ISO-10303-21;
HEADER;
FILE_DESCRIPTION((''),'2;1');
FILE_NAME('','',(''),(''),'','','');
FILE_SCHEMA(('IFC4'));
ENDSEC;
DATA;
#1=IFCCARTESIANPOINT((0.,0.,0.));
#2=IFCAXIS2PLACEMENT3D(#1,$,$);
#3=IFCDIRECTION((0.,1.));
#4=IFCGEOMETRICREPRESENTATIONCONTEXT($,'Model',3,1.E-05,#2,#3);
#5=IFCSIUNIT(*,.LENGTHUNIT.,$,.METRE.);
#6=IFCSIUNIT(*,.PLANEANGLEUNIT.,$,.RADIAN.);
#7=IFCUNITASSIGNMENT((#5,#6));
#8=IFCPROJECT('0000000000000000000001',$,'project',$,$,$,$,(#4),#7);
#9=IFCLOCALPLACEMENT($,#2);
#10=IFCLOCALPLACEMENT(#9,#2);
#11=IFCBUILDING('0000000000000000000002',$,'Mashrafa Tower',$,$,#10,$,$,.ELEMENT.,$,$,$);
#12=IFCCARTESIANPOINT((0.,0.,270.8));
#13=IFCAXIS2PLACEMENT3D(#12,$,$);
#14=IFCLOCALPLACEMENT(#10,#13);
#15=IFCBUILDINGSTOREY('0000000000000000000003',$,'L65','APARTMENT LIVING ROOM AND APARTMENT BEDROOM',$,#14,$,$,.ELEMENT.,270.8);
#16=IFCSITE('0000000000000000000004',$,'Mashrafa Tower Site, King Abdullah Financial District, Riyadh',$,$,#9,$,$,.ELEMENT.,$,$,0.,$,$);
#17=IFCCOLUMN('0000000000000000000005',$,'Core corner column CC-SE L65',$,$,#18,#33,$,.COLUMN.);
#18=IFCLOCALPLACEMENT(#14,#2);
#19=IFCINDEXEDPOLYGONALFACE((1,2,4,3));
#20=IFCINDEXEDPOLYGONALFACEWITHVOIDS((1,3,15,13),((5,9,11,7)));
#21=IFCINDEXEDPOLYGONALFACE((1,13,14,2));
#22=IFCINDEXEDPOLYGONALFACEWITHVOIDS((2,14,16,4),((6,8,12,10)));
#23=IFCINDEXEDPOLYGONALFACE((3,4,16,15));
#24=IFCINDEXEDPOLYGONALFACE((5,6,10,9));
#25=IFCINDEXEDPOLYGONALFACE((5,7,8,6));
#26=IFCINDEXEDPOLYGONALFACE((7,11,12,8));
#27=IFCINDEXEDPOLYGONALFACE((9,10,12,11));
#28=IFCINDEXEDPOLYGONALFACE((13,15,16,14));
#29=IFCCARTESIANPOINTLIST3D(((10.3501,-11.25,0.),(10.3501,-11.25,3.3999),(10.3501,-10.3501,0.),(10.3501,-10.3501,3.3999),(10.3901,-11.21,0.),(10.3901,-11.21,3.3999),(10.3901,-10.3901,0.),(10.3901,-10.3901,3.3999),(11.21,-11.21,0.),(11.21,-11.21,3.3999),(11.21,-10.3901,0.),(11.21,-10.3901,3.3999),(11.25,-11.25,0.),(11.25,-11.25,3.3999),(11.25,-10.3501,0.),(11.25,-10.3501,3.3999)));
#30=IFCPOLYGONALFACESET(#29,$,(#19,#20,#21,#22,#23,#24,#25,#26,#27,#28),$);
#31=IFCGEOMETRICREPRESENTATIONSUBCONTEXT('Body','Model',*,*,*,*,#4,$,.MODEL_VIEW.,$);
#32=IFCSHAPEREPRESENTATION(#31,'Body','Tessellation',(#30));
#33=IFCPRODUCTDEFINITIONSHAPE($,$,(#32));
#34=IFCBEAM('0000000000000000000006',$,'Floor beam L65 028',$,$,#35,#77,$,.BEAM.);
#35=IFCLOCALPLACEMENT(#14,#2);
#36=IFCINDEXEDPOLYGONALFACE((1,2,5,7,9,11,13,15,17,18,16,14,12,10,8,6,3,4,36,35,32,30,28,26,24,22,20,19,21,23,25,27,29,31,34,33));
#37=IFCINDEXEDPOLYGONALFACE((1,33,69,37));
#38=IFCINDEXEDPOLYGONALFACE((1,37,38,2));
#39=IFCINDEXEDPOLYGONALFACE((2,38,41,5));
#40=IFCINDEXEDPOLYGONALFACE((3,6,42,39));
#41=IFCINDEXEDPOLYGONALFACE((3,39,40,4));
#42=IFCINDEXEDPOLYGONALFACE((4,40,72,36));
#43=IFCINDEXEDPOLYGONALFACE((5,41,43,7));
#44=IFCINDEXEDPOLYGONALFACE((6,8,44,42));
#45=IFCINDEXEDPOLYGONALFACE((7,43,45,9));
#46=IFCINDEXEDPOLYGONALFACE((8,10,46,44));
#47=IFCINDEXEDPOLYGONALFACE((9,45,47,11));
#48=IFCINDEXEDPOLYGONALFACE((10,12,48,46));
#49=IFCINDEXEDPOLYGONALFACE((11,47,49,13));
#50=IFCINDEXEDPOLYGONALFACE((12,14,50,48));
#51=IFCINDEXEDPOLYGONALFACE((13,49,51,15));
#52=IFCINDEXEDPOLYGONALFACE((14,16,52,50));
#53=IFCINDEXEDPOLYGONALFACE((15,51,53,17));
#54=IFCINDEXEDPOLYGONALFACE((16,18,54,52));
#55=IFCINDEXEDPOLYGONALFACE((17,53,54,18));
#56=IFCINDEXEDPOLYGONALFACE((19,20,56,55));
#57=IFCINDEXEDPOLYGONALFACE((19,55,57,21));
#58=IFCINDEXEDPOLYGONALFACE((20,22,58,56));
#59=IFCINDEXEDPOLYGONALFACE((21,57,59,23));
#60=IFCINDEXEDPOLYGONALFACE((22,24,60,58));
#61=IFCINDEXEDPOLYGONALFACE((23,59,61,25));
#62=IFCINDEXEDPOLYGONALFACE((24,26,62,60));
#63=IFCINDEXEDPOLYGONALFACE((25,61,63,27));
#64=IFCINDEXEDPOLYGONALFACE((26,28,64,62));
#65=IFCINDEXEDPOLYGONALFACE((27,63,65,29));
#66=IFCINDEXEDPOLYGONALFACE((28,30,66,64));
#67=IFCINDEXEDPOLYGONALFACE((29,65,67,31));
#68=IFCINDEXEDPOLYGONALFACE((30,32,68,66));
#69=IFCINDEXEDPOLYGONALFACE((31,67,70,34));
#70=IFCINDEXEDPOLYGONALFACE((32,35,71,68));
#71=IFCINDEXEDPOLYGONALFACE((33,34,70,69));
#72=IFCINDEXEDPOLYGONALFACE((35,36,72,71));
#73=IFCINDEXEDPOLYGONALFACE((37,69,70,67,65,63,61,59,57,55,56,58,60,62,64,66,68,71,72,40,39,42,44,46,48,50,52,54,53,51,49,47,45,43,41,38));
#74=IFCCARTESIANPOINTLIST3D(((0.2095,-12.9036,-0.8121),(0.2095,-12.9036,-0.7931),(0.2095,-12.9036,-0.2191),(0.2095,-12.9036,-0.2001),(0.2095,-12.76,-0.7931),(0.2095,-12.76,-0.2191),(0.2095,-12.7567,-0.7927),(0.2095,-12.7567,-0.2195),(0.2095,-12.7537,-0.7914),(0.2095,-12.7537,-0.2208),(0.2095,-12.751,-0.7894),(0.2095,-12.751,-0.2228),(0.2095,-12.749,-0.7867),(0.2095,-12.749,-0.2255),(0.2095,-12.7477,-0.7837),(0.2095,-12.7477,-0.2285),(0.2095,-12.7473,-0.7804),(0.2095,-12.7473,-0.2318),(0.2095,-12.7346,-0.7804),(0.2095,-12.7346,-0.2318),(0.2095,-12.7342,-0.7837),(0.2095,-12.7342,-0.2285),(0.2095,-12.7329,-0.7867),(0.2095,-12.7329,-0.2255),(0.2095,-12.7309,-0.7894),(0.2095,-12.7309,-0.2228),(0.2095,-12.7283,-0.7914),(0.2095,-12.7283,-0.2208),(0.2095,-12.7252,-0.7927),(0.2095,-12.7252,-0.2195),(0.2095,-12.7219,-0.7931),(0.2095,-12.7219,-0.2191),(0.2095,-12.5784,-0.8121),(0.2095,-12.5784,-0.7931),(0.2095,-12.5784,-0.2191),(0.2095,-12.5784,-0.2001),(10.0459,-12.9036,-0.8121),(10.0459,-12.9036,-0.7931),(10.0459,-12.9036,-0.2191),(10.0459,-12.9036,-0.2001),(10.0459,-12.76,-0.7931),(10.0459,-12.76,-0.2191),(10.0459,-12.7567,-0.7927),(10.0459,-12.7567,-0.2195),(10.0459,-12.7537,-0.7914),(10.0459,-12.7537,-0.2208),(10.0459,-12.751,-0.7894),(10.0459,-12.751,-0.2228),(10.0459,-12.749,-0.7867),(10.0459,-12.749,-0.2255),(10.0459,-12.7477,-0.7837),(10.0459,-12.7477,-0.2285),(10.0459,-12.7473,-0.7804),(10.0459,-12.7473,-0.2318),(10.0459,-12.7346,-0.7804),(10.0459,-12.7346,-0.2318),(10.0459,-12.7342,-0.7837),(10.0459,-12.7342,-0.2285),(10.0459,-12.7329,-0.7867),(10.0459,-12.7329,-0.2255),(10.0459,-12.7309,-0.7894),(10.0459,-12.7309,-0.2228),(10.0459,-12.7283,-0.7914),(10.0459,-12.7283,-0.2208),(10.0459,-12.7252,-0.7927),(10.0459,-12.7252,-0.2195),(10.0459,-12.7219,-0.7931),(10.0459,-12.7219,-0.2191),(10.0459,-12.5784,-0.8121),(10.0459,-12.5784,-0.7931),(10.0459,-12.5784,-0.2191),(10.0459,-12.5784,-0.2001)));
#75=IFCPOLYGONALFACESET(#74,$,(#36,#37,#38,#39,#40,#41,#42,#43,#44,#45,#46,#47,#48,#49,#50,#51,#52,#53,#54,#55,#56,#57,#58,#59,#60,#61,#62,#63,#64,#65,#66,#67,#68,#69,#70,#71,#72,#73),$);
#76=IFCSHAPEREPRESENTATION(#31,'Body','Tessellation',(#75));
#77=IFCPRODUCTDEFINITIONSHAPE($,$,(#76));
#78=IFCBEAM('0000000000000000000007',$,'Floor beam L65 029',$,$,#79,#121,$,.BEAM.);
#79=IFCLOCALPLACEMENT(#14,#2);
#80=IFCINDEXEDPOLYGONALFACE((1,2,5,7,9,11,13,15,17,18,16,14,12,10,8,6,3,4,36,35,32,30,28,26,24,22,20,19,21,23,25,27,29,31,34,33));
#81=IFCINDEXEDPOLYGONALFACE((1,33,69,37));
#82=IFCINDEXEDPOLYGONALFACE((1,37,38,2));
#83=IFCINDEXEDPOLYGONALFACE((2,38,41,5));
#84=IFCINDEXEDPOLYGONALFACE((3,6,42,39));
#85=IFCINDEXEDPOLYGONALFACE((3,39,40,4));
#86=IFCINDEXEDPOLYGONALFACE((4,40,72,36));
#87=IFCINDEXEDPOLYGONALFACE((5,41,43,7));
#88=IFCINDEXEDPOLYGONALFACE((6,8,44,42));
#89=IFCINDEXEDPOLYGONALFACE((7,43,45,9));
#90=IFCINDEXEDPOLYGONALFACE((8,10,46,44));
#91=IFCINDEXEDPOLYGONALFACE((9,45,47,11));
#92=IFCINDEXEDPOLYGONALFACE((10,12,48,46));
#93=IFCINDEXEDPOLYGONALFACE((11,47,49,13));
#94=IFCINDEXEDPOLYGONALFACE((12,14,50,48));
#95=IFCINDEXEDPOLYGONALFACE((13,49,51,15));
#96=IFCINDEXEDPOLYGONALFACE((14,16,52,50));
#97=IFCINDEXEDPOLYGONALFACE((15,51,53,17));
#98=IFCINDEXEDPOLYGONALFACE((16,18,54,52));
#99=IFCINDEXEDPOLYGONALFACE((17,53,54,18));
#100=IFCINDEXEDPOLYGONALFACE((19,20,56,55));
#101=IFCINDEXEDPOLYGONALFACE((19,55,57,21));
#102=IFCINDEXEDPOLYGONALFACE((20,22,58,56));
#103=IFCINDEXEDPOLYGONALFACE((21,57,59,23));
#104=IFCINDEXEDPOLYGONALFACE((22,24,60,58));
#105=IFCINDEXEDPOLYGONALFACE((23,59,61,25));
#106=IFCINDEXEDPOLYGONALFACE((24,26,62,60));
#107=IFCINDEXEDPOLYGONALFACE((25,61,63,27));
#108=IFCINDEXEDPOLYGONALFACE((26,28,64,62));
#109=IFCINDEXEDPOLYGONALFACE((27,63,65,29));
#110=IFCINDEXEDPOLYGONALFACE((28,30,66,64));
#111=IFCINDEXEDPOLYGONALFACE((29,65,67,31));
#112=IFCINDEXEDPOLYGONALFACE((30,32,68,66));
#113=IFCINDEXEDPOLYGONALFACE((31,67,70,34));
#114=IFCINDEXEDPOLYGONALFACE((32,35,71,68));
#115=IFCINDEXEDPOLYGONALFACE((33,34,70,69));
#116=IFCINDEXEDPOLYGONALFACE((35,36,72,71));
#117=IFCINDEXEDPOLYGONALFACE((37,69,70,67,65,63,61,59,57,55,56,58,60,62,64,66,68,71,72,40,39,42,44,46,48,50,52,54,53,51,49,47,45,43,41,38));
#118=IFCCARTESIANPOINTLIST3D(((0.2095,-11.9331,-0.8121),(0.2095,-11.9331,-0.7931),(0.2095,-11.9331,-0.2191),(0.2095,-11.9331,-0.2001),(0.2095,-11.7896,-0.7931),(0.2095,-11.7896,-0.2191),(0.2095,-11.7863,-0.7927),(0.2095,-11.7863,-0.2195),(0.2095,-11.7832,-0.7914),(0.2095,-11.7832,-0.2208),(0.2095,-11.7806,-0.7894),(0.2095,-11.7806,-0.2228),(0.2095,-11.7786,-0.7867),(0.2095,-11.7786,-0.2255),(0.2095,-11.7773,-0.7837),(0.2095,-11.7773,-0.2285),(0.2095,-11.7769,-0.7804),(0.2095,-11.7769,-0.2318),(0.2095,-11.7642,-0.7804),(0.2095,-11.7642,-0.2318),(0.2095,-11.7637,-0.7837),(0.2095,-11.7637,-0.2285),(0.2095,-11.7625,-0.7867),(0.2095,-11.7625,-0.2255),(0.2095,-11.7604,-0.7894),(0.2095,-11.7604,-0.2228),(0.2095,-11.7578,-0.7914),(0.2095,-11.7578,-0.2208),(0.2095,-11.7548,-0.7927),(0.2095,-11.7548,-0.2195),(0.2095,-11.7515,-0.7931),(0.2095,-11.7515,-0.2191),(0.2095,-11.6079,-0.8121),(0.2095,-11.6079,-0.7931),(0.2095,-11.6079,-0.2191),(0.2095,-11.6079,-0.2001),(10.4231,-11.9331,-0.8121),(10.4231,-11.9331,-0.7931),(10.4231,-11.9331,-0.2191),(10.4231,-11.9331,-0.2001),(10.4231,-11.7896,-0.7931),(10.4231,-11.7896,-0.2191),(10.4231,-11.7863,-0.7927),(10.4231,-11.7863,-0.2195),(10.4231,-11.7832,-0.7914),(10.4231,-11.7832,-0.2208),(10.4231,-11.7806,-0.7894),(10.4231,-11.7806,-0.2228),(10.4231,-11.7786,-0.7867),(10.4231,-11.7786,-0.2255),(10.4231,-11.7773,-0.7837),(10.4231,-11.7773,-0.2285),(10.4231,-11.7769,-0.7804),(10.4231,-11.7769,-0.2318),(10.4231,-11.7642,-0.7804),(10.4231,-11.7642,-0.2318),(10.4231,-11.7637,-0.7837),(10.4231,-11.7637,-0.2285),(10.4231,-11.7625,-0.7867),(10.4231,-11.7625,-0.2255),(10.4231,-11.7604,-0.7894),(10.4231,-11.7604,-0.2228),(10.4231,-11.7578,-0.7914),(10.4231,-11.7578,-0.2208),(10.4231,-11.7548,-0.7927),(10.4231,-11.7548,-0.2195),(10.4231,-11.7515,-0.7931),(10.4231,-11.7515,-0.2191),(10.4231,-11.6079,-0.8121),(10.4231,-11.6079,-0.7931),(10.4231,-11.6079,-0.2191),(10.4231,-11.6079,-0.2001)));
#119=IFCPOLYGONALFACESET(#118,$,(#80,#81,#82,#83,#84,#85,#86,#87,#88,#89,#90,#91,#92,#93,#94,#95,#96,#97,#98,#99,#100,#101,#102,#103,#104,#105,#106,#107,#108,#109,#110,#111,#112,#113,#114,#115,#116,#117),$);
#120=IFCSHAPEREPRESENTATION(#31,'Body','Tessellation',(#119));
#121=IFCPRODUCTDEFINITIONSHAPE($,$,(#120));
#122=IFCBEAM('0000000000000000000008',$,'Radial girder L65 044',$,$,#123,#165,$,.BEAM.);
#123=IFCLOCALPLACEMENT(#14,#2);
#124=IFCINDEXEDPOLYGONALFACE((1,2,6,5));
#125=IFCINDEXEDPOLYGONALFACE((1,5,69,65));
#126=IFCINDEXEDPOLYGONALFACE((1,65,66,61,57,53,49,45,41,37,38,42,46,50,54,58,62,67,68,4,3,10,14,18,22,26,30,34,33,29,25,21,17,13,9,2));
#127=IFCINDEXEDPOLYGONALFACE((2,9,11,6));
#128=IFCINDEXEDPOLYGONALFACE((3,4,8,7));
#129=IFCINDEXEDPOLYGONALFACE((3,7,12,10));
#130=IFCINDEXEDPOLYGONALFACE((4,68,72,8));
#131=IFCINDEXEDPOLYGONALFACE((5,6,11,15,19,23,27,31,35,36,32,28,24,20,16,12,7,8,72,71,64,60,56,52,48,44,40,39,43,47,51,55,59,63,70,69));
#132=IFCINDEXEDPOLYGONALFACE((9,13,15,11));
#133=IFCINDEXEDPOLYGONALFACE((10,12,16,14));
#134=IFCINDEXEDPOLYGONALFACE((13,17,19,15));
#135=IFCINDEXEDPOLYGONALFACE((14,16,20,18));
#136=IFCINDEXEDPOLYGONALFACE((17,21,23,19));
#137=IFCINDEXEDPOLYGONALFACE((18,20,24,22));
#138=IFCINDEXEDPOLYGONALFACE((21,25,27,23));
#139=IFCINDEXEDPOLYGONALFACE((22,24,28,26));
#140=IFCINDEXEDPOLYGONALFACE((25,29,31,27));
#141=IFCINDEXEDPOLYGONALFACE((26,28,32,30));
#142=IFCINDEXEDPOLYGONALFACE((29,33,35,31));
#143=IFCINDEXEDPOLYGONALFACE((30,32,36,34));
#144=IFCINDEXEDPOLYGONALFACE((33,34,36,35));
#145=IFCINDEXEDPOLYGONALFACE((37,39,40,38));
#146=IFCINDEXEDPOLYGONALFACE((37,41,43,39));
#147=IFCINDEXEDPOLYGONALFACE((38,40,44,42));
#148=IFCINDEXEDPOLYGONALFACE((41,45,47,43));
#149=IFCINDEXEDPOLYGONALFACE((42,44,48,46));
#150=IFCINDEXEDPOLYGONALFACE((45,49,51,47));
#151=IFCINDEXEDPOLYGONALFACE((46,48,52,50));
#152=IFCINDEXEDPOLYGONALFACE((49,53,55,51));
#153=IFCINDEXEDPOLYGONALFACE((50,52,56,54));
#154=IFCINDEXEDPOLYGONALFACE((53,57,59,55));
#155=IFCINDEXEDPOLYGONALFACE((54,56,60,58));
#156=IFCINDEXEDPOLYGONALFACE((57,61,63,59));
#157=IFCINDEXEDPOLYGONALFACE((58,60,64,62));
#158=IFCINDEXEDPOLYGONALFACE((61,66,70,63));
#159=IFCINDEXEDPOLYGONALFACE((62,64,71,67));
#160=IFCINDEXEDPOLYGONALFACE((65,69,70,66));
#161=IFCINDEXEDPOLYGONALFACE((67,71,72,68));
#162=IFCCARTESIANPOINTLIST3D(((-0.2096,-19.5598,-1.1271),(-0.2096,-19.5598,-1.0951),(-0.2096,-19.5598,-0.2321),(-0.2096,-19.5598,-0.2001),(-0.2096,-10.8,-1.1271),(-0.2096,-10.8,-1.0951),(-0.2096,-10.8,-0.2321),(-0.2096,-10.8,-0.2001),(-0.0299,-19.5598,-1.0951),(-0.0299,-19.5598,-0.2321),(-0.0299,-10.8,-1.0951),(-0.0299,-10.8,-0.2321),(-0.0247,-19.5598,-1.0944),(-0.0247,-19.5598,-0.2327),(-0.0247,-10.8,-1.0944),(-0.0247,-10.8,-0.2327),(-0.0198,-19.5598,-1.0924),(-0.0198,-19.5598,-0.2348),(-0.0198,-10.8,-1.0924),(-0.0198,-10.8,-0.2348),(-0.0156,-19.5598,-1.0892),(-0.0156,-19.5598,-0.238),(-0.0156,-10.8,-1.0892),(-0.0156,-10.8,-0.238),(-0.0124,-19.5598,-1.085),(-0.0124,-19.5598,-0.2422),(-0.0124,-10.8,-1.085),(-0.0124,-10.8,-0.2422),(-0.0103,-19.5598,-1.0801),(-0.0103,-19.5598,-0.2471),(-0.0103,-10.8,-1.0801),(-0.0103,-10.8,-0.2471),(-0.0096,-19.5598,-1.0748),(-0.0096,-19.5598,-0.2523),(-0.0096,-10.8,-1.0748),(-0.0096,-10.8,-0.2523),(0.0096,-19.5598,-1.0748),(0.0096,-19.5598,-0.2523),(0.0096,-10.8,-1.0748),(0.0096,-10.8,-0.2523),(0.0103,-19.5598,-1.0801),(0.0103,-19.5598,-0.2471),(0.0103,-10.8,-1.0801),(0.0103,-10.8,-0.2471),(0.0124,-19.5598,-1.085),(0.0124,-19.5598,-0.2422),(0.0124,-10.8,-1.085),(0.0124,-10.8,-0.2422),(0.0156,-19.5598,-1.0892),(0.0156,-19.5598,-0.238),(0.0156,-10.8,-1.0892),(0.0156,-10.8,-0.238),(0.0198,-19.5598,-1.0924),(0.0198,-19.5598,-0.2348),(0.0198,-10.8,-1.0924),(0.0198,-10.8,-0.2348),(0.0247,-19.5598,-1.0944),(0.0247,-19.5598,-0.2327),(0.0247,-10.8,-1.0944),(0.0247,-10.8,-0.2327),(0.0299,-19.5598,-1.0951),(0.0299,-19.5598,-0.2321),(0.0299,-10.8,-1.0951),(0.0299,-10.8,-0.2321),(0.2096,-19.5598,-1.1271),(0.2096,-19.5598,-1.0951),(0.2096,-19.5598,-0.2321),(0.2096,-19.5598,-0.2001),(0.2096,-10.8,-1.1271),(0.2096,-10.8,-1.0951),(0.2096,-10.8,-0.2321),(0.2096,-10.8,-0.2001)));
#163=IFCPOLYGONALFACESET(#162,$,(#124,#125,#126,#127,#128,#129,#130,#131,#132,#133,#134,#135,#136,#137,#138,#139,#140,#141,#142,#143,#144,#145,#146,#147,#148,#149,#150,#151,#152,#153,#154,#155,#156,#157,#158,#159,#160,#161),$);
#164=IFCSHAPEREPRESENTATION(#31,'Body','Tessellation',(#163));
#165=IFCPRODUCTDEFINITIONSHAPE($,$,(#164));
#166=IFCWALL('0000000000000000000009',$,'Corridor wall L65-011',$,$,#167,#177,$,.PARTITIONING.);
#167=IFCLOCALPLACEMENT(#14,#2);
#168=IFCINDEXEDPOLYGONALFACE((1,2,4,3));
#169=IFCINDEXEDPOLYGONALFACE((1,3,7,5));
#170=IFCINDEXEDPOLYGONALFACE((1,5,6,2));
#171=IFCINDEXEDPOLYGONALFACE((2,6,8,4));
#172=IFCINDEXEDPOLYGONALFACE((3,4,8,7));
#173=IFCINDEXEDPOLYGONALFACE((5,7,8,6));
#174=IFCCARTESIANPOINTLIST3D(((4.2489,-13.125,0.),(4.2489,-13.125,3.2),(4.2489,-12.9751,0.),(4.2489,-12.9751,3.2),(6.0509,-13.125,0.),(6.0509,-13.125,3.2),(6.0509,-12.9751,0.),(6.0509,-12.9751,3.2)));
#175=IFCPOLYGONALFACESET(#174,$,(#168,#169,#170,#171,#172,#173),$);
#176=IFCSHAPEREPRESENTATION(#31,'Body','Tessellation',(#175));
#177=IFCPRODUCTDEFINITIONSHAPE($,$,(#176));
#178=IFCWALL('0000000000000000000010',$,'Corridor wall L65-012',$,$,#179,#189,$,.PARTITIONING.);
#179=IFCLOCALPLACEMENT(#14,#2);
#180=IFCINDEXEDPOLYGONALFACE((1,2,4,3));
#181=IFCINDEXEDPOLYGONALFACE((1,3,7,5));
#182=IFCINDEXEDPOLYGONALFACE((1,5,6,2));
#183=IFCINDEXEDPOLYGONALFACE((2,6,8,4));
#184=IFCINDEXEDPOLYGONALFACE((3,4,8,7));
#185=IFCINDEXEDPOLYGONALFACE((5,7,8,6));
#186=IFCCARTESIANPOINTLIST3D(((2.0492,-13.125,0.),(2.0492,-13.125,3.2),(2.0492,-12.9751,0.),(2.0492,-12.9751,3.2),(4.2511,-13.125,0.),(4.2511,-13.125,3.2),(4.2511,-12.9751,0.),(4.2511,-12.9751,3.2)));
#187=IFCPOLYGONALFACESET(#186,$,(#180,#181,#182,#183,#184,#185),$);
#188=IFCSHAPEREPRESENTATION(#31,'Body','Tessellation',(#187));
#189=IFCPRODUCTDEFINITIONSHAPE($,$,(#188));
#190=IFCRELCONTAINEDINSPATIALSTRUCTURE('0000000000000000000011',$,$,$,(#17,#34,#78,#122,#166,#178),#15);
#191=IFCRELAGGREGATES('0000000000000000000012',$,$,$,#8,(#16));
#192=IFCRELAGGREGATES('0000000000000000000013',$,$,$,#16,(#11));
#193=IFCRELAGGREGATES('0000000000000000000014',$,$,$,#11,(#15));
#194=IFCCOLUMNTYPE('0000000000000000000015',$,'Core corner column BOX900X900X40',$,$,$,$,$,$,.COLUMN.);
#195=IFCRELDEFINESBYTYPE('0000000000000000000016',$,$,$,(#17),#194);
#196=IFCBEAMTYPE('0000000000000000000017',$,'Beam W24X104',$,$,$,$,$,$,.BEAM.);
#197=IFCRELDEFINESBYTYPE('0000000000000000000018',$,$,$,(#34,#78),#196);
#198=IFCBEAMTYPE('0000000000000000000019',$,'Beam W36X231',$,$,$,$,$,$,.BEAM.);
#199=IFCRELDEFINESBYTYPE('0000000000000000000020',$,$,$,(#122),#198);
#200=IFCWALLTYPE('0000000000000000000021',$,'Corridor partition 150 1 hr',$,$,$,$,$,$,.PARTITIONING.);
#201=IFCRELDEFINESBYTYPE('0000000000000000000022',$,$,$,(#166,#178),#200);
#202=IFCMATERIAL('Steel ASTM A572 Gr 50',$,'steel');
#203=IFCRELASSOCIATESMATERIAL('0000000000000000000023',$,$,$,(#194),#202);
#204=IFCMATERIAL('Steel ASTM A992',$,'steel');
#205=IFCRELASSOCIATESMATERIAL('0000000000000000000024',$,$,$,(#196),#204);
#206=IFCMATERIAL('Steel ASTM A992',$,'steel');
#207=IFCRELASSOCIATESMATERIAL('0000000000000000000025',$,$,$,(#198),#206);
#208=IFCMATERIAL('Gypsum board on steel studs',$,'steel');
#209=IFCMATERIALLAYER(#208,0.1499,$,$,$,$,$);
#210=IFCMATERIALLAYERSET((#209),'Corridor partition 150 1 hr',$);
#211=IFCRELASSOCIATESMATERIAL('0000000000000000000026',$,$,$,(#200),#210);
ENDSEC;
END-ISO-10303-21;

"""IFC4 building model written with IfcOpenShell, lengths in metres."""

from ifc_helpers import new_model, si_unit, direction, frame, frame_2d, origin, origin_2d, place, context, subcontext, project, spatial, rectangle, hollow_rectangle, i_section, extrude, material, layer, layer_set, material_profile, profile_set, type_object, element, save


model = new_model("IFC4")

# Units and contexts
model_context = context("Model", 3, precision=1e-05, world=origin(), true_north=direction((0.0, 1.0)))
body_context = subcontext(model_context, "Body", "Model", "MODEL_VIEW")
ifc_project = project(units=[si_unit("LENGTHUNIT", "METRE"), si_unit("PLANEANGLEUNIT", "RADIAN")], contexts=[model_context])

# Site, building, storey
site_placement = place(None, origin())
site = spatial("IfcSite", under=ifc_project, at=site_placement, Name="Mashrafa Tower Site, King Abdullah Financial District, Riyadh", CompositionType="ELEMENT", RefElevation=0.0)
building_placement = place(site_placement, origin())
building = spatial("IfcBuilding", under=site, at=building_placement, Name="Mashrafa Tower", CompositionType="ELEMENT")
storey_placement = place(building_placement, frame((0.0, 0.0, 270.8)))
storey = spatial("IfcBuildingStorey", under=building, at=storey_placement, Name="L65", Description="APARTMENT LIVING ROOM AND APARTMENT BEDROOM", CompositionType="ELEMENT", Elevation=270.8)

# Column
ifc_material_1 = material(Name="Steel ASTM A572 Gr 50", Category="steel")
ifc_material_profile_1 = material_profile(ifc_material_1, hollow_rectangle(XDim=0.8999, YDim=0.8999, WallThickness=0.04, at=origin_2d()), Name="BOX900X900X40")
ifc_profile_set_1 = profile_set([ifc_material_profile_1], Name="Steel ASTM A572 Gr 50")
column_type = type_object("IfcColumnType", Name="Core corner column BOX900X900X40", PredefinedType="COLUMN", material=ifc_profile_set_1)
column_placement = place(storey_placement, frame((10.8, -10.8, 0.0), z_axis=(0.0, 0.0, 1.0), x_axis=(1.0, 0.0, 0.0)))
element("IfcColumn", 1, at=column_placement, inside=storey, type_object=column_type, Name="Core corner column CC-SE L65", PredefinedType="COLUMN", context=body_context, shape_type="SweptSolid", body=[
    extrude(hollow_rectangle(XDim=0.8999, YDim=0.8999, WallThickness=0.04, at=origin_2d()), origin(), (0.0, 0.0, 1.0), 3.3999),
])

# Beams
ifc_material_2 = material(Name="Steel ASTM A992", Category="steel")
ifc_material_profile_2 = material_profile(ifc_material_2, i_section(OverallWidth=0.3252, OverallDepth=0.6121, WebThickness=0.0127, FlangeThickness=0.019, FilletRadius=0.0127, at=origin_2d()), Name="W24X104")
ifc_profile_set_2 = profile_set([ifc_material_profile_2], Name="Steel ASTM A992")
beam_type_1 = type_object("IfcBeamType", Name="Beam W24X104", PredefinedType="BEAM", material=ifc_profile_set_2)
beam_1_placement = place(storey_placement, frame((10.0459, -12.741, -0.5061), z_axis=(-1.0, 0.0, 0.0), x_axis=(0.0, -1.0, 0.0)))
element("IfcBeam", 2, at=beam_1_placement, inside=storey, type_object=beam_type_1, Name="Floor beam L65 028", PredefinedType="BEAM", context=body_context, shape_type="SweptSolid", body=[
    extrude(i_section(OverallWidth=0.3252, OverallDepth=0.6121, WebThickness=0.0127, FlangeThickness=0.019, FilletRadius=0.0127, at=origin_2d()), origin(), (0.0, 0.0, 1.0), 9.8364),
])
beam_2_placement = place(storey_placement, frame((10.4231, -11.7705, -0.5061), z_axis=(-1.0, 0.0, 0.0), x_axis=(0.0, -1.0, 0.0)))
element("IfcBeam", 3, at=beam_2_placement, inside=storey, type_object=beam_type_1, Name="Floor beam L65 029", PredefinedType="BEAM", context=body_context, shape_type="SweptSolid", body=[
    extrude(i_section(OverallWidth=0.3252, OverallDepth=0.6121, WebThickness=0.0127, FlangeThickness=0.019, FilletRadius=0.0127, at=origin_2d()), origin(), (0.0, 0.0, 1.0), 10.2136),
])
ifc_material_3 = material(Name="Steel ASTM A992", Category="steel")
ifc_material_profile_3 = material_profile(ifc_material_3, i_section(OverallWidth=0.4192, OverallDepth=0.927, WebThickness=0.0193, FlangeThickness=0.032, FilletRadius=0.0203, at=origin_2d()), Name="W36X231")
ifc_profile_set_3 = profile_set([ifc_material_profile_3], Name="Steel ASTM A992")
beam_type_2 = type_object("IfcBeamType", Name="Beam W36X231", PredefinedType="BEAM", material=ifc_profile_set_3)
beam_3_placement = place(storey_placement, frame((0.0, -10.8, -0.6636), z_axis=(0.0, -1.0, 0.0), x_axis=(1.0, 0.0, 0.0)))
element("IfcBeam", 4, at=beam_3_placement, inside=storey, type_object=beam_type_2, Name="Radial girder L65 044", PredefinedType="BEAM", context=body_context, shape_type="SweptSolid", body=[
    extrude(i_section(OverallWidth=0.4192, OverallDepth=0.927, WebThickness=0.0193, FlangeThickness=0.032, FilletRadius=0.0203, at=origin_2d()), origin(), (0.0, 0.0, 1.0), 8.7598),
])

# Walls
ifc_material_4 = material(Name="Gypsum board on steel studs", Category="steel")
ifc_layer_1 = layer(ifc_material_4, 0.1499)
ifc_layer_set_1 = layer_set([ifc_layer_1], Name="Corridor partition 150 1 hr")
wall_type_1 = type_object("IfcWallType", Name="Corridor partition 150 1 hr", PredefinedType="PARTITIONING", material=ifc_layer_set_1)
wall_1_placement = place(storey_placement, frame((4.249, -13.05, 0.0), z_axis=(0.0, 0.0, 1.0), x_axis=(1.0, 0.0, 0.0)))
element("IfcWall", 5, at=wall_1_placement, inside=storey, type_object=wall_type_1, Name="Corridor wall L65-011", PredefinedType="PARTITIONING", context=body_context, shape_type="SweptSolid", body=[
    extrude(rectangle(XDim=1.802, YDim=0.1499, at=frame_2d((0.9009, 0.0))), origin(), (0.0, 0.0, 1.0), 3.2),
])
wall_2_placement = place(storey_placement, frame((2.0491, -13.05, 0.0), z_axis=(0.0, 0.0, 1.0), x_axis=(1.0, 0.0, 0.0)))
element("IfcWall", 6, at=wall_2_placement, inside=storey, type_object=wall_type_1, Name="Corridor wall L65-012", PredefinedType="PARTITIONING", context=body_context, shape_type="SweptSolid", body=[
    extrude(rectangle(XDim=2.2019, YDim=0.1499, at=frame_2d((1.1011, 0.0))), origin(), (0.0, 0.0, 1.0), 3.2),
])

save(model, "model.ifc")
